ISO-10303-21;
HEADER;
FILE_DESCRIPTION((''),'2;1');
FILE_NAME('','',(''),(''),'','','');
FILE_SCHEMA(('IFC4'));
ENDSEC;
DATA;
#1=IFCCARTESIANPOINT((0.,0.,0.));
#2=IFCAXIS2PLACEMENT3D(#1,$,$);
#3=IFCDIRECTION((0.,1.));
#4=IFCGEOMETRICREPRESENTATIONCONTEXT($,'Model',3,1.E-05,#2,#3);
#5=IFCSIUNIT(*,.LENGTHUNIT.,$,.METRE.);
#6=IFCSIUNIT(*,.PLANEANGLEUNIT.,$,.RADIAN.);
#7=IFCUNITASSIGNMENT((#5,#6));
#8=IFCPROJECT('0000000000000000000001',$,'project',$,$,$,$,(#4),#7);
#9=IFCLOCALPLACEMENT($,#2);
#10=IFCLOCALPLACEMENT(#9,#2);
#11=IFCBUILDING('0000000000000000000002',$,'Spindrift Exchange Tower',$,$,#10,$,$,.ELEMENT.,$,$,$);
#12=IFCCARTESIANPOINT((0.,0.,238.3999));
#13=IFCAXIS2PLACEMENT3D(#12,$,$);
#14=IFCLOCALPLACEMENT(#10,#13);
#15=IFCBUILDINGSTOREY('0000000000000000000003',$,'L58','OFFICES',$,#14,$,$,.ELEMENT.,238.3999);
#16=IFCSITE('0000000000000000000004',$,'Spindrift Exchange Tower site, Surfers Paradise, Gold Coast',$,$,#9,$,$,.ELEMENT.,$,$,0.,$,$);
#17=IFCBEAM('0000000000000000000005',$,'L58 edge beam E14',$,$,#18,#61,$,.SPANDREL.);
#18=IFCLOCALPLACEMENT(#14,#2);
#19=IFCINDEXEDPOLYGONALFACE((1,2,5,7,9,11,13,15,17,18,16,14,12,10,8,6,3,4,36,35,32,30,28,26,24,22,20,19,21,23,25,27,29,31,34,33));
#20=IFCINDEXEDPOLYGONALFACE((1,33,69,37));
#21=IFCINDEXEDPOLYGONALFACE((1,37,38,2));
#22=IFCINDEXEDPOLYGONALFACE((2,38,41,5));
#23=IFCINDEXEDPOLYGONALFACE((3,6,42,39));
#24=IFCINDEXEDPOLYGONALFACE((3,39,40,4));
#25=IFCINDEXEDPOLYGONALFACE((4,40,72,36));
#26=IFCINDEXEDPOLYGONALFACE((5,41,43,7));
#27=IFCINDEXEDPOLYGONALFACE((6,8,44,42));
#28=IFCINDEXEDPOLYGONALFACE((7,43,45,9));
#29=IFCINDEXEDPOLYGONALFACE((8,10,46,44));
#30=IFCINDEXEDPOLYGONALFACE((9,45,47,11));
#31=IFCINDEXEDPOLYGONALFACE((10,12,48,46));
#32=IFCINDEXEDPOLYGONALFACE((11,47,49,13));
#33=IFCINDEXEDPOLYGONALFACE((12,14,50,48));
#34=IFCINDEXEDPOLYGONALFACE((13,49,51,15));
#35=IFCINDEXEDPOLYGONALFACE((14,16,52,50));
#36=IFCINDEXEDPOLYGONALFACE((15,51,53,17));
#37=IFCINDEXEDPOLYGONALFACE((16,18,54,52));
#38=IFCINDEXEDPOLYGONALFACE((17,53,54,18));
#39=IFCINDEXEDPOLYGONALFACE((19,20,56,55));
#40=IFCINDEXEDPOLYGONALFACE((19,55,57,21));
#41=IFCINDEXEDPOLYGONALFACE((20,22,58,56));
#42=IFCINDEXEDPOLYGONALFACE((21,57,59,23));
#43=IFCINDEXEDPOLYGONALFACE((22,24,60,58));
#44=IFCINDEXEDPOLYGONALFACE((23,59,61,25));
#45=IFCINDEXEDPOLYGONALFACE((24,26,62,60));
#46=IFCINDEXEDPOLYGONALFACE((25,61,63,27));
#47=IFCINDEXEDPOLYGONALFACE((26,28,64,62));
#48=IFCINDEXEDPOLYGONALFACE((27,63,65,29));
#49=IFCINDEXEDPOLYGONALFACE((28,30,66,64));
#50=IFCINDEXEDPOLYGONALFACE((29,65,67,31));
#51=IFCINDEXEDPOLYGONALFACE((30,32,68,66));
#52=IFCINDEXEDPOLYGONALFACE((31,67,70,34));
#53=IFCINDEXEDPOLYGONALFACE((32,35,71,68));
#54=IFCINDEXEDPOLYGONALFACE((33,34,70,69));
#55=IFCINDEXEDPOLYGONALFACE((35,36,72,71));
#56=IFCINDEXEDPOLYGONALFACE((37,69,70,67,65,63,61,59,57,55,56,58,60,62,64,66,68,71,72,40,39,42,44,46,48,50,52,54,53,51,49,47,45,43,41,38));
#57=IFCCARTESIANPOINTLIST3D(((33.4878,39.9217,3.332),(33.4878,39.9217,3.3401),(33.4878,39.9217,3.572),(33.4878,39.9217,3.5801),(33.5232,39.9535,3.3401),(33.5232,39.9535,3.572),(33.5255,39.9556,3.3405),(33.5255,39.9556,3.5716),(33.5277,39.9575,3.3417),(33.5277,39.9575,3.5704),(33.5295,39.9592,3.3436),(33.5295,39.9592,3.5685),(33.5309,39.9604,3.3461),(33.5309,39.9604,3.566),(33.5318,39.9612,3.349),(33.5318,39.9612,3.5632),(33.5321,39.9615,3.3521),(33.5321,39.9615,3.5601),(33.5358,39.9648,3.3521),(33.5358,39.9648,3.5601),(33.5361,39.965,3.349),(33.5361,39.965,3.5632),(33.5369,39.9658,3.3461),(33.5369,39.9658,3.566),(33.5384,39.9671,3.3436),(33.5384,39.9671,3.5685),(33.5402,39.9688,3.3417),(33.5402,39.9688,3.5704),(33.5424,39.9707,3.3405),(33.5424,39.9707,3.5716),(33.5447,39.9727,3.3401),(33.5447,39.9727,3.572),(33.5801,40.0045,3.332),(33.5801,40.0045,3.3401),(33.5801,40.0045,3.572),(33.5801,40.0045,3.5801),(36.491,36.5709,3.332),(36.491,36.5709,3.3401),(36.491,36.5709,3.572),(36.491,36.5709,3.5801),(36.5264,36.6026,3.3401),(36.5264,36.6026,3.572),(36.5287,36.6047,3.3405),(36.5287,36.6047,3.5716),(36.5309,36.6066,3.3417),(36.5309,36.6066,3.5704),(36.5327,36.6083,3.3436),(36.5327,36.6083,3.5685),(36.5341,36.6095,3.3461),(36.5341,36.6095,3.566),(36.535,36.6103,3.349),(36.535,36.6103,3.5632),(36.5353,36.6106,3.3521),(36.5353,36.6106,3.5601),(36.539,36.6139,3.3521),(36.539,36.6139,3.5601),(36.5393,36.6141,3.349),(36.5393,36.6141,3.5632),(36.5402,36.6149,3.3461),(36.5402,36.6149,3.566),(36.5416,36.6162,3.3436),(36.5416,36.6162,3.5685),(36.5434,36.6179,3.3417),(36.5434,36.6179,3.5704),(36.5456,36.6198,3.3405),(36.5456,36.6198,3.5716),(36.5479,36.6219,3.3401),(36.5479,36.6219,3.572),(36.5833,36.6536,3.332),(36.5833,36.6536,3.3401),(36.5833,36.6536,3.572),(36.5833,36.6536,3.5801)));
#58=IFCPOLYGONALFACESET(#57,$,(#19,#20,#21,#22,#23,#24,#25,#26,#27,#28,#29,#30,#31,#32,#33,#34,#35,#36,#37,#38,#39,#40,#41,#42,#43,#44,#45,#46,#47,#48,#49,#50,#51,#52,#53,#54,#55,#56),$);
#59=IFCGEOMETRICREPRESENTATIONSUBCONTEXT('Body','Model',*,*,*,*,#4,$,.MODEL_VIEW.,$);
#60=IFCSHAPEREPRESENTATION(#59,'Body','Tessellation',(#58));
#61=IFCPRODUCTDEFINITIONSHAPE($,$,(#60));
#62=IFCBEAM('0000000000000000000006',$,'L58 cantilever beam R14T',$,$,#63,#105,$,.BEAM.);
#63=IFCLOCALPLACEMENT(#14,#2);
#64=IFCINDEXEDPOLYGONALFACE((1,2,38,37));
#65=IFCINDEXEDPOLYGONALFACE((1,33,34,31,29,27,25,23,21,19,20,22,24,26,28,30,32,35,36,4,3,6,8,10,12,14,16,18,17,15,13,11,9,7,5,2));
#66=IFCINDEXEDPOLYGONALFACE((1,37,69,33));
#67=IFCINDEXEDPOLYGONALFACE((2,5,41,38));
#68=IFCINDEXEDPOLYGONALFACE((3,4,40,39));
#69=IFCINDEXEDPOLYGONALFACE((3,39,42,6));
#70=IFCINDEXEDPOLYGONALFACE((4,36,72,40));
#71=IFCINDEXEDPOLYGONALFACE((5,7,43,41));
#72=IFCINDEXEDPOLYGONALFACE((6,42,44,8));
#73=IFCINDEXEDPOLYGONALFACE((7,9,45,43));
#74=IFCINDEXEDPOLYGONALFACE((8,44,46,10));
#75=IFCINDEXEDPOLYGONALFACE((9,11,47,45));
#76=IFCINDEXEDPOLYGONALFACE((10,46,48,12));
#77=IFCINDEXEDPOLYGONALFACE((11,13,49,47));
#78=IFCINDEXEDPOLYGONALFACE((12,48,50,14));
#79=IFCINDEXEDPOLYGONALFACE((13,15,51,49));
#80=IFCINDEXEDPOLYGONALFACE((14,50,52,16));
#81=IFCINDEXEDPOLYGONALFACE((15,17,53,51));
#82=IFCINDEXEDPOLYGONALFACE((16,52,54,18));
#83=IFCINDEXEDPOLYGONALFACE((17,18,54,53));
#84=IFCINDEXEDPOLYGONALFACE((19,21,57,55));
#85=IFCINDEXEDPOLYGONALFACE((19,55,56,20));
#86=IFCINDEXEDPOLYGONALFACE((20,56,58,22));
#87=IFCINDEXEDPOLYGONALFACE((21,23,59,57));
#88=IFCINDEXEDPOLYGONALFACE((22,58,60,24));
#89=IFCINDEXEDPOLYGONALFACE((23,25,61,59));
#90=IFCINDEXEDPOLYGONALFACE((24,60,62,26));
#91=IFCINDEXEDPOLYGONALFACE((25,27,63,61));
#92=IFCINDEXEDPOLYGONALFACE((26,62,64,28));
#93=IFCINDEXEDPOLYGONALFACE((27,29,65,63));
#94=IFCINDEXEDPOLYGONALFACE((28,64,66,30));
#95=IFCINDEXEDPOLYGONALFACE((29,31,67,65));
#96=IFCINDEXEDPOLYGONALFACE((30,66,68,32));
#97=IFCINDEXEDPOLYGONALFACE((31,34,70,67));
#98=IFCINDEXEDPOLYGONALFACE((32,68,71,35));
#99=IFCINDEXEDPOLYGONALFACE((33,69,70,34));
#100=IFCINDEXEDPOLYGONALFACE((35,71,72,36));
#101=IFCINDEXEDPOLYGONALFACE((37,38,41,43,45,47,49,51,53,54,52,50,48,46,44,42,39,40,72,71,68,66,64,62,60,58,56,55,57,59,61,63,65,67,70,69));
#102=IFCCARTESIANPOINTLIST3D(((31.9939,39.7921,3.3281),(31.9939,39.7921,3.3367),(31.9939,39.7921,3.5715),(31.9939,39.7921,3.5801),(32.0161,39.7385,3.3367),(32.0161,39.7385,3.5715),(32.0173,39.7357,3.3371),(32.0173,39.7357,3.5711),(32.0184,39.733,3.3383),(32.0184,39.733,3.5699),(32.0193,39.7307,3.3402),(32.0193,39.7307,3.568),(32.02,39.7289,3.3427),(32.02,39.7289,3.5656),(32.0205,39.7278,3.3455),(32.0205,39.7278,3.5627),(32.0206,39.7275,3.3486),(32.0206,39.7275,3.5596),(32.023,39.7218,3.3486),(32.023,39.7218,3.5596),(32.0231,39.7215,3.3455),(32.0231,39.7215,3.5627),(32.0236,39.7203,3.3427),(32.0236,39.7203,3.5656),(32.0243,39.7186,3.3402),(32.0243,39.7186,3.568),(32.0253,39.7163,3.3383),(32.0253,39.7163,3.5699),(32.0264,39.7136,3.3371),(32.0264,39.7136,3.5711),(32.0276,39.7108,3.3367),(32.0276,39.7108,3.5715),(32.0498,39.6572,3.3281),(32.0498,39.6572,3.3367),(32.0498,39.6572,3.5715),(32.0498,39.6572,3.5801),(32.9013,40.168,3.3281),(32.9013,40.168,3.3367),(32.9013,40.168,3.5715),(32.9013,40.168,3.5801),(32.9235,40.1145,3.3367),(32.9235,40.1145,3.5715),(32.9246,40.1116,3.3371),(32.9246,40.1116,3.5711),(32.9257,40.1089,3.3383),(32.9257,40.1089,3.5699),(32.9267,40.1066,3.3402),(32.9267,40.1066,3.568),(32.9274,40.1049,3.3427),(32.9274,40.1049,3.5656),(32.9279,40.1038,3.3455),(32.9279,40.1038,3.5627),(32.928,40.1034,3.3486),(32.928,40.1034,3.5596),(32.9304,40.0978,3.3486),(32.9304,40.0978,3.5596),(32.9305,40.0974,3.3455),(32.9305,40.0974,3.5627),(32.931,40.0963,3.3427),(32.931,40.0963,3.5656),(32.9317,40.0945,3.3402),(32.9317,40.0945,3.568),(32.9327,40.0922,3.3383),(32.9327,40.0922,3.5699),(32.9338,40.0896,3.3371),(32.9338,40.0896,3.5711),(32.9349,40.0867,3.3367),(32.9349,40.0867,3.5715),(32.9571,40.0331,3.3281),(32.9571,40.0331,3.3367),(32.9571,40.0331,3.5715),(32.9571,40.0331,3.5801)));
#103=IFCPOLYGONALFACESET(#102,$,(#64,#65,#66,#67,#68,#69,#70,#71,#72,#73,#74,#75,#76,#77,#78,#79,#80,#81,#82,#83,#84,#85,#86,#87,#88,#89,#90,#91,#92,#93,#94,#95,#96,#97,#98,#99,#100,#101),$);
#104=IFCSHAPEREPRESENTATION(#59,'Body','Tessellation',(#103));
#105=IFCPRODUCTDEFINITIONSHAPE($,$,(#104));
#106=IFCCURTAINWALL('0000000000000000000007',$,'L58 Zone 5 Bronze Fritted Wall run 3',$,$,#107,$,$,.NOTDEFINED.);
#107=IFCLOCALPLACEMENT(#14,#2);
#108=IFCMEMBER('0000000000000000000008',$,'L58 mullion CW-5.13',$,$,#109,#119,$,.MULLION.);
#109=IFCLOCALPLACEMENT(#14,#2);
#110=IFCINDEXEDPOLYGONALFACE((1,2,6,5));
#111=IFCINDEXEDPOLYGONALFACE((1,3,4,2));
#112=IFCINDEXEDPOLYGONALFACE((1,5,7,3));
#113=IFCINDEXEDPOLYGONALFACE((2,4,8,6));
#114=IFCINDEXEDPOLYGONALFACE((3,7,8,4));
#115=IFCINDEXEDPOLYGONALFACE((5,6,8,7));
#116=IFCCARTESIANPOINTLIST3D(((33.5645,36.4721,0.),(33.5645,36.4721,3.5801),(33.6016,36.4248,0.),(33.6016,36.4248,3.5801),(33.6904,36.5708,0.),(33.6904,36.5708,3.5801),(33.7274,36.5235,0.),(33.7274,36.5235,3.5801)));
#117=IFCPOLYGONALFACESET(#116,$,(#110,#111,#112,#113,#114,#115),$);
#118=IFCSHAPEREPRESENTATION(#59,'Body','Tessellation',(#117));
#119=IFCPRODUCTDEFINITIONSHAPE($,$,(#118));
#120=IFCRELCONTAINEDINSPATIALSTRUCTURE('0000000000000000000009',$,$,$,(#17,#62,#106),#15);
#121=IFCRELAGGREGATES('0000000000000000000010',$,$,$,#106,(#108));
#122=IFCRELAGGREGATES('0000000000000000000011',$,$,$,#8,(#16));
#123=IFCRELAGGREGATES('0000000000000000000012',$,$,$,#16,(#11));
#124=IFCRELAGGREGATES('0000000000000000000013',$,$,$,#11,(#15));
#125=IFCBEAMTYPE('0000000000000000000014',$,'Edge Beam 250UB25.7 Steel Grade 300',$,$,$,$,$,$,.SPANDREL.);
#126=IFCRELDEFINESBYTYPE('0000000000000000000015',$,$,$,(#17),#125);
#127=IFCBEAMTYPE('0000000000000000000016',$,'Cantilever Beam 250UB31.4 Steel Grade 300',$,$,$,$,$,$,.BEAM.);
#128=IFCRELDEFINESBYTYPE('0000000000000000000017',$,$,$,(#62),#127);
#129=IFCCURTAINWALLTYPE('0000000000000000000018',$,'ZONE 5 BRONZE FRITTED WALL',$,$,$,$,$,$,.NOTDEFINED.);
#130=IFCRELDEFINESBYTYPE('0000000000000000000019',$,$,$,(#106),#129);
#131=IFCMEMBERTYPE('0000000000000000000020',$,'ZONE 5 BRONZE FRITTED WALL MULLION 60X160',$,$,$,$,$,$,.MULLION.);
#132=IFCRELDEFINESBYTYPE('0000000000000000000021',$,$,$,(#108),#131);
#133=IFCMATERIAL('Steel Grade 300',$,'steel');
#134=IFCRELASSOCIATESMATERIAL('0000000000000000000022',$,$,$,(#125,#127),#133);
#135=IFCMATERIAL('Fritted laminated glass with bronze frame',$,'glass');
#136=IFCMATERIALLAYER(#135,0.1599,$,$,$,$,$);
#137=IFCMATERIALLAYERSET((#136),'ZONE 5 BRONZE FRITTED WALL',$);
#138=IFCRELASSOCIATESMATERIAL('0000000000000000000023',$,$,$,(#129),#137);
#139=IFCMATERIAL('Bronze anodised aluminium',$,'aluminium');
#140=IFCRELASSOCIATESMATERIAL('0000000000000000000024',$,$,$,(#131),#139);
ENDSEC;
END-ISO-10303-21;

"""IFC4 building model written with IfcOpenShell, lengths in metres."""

from ifc_helpers import new_model, si_unit, direction, frame, origin, origin_2d, place, context, subcontext, project, spatial, rectangle, i_section, extrude, source, transform, mapped, material, layer, layer_set, material_profile, profile_set, type_object, element, aggregate, save


model = new_model("IFC4")

# Units and contexts
model_context = context("Model", 3, precision=1e-05, world=origin(), true_north=direction((0.0, 1.0)))
body_context = subcontext(model_context, "Body", "Model", "MODEL_VIEW")
ifc_project = project(units=[si_unit("LENGTHUNIT", "METRE"), si_unit("PLANEANGLEUNIT", "RADIAN")], contexts=[model_context])

# Site, building, storey
site_placement = place(None, origin())
site = spatial("IfcSite", under=ifc_project, at=site_placement, Name="Spindrift Exchange Tower site, Surfers Paradise, Gold Coast", CompositionType="ELEMENT", RefElevation=0.0)
building_placement = place(site_placement, origin())
building = spatial("IfcBuilding", under=site, at=building_placement, Name="Spindrift Exchange Tower", CompositionType="ELEMENT")
storey_placement = place(building_placement, frame((0.0, 0.0, 238.3999)))
storey = spatial("IfcBuildingStorey", under=building, at=storey_placement, Name="L58", Description="OFFICES", CompositionType="ELEMENT", Elevation=238.3999)

# Beams
ifc_material_1 = material(Name="Steel Grade 300", Category="steel")
ifc_material_profile_1 = material_profile(ifc_material_1, i_section(OverallWidth=0.124, OverallDepth=0.248, WebThickness=0.0049, FlangeThickness=0.0081, FilletRadius=0.012, at=origin_2d()), Name="250UB25.7")
ifc_profile_set_1 = profile_set([ifc_material_profile_1], Name="Steel Grade 300")
beam_type_1 = type_object("IfcBeamType", Name="Edge Beam 250UB25.7 Steel Grade 300", PredefinedType="SPANDREL", material=ifc_profile_set_1)
shared_shape_1 = source(origin(), body_context, "Body", "SweptSolid", [
    extrude(i_section(OverallWidth=0.124, OverallDepth=0.248, WebThickness=0.0049, FlangeThickness=0.0081, FilletRadius=0.012, at=origin_2d()), origin(), (0.0, 0.0, 1.0), 4.4998),
])
beam_1_placement = place(storey_placement, frame((33.5339, 39.9631, 3.4561), z_axis=(0.66742, -0.744682, 0.0), x_axis=(0.744682, 0.66742, 0.0)))
element("IfcBeam", 1, at=beam_1_placement, inside=storey, type_object=beam_type_1, Name="L58 edge beam E14", PredefinedType="SPANDREL", context=body_context, shape_type="MappedRepresentation", body=[
    mapped(shared_shape_1, transform((0.0, 0.0, 0.0), scale=1.0)),
])
ifc_material_profile_2 = material_profile(ifc_material_1, i_section(OverallWidth=0.146, OverallDepth=0.252, WebThickness=0.0061, FlangeThickness=0.0085, FilletRadius=0.012, at=origin_2d()), Name="250UB31.4")
ifc_profile_set_2 = profile_set([ifc_material_profile_2], Name="Steel Grade 300")
beam_type_2 = type_object("IfcBeamType", Name="Cantilever Beam 250UB31.4 Steel Grade 300", PredefinedType="BEAM", material=ifc_profile_set_2)
shared_shape_2 = source(origin(), body_context, "Body", "SweptSolid", [
    extrude(i_section(OverallWidth=0.146, OverallDepth=0.252, WebThickness=0.0061, FlangeThickness=0.0085, FilletRadius=0.012, at=origin_2d()), origin(), (0.0, 0.0, 1.0), 0.9822),
])
beam_2_placement = place(storey_placement, frame((32.9292, 40.1006, 3.4541), z_axis=(-0.923847, -0.382762, 0.0), x_axis=(0.382762, -0.923847, 0.0)))
element("IfcBeam", 2, at=beam_2_placement, inside=storey, type_object=beam_type_2, Name="L58 cantilever beam R14T", PredefinedType="BEAM", context=body_context, shape_type="MappedRepresentation", body=[
    mapped(shared_shape_2, transform((0.0, 0.0, 0.0), scale=1.0)),
])

# Curtain wall, member
ifc_material_2 = material(Name="Fritted laminated glass with bronze frame", Category="glass")
ifc_layer_1 = layer(ifc_material_2, 0.1599)
ifc_layer_set_1 = layer_set([ifc_layer_1], Name="ZONE 5 BRONZE FRITTED WALL")
curtain_wall_type = type_object("IfcCurtainWallType", Name="ZONE 5 BRONZE FRITTED WALL", PredefinedType="NOTDEFINED", material=ifc_layer_set_1)
curtain_wall_placement = place(storey_placement, origin())
curtain_wall = element("IfcCurtainWall", 3, at=curtain_wall_placement, inside=storey, type_object=curtain_wall_type, Name="L58 Zone 5 Bronze Fritted Wall run 3", PredefinedType="NOTDEFINED")
ifc_material_3 = material(Name="Bronze anodised aluminium", Category="aluminium")
ifc_material_profile_3 = material_profile(ifc_material_3, rectangle(XDim=0.0601, YDim=0.1599, at=origin_2d()), Name="ZONE 5 BRONZE FRITTED WALL MULLION 60X160")
ifc_profile_set_3 = profile_set([ifc_material_profile_3], Name="Bronze anodised aluminium")
member_type = type_object("IfcMemberType", Name="ZONE 5 BRONZE FRITTED WALL MULLION 60X160", PredefinedType="MULLION", material=ifc_profile_set_3)
shared_shape_3 = source(origin(), body_context, "Body", "SweptSolid", [
    extrude(rectangle(XDim=0.0601, YDim=0.1599, at=origin_2d()), origin(), (0.0, 0.0, 1.0), 3.5801),
])
member_placement = place(storey_placement, frame((33.646, 36.4978, 0.0), z_axis=(0.0, 0.0, 1.0), x_axis=(0.617057, -0.786918, 0.0)))
member = element("IfcMember", 4, at=member_placement, type_object=member_type, Name="L58 mullion CW-5.13", PredefinedType="MULLION", context=body_context, shape_type="MappedRepresentation", body=[
    mapped(shared_shape_3, transform((0.0, 0.0, 0.0), scale=1.0)),
])
aggregate(curtain_wall, [member])

save(model, "model.ifc")
